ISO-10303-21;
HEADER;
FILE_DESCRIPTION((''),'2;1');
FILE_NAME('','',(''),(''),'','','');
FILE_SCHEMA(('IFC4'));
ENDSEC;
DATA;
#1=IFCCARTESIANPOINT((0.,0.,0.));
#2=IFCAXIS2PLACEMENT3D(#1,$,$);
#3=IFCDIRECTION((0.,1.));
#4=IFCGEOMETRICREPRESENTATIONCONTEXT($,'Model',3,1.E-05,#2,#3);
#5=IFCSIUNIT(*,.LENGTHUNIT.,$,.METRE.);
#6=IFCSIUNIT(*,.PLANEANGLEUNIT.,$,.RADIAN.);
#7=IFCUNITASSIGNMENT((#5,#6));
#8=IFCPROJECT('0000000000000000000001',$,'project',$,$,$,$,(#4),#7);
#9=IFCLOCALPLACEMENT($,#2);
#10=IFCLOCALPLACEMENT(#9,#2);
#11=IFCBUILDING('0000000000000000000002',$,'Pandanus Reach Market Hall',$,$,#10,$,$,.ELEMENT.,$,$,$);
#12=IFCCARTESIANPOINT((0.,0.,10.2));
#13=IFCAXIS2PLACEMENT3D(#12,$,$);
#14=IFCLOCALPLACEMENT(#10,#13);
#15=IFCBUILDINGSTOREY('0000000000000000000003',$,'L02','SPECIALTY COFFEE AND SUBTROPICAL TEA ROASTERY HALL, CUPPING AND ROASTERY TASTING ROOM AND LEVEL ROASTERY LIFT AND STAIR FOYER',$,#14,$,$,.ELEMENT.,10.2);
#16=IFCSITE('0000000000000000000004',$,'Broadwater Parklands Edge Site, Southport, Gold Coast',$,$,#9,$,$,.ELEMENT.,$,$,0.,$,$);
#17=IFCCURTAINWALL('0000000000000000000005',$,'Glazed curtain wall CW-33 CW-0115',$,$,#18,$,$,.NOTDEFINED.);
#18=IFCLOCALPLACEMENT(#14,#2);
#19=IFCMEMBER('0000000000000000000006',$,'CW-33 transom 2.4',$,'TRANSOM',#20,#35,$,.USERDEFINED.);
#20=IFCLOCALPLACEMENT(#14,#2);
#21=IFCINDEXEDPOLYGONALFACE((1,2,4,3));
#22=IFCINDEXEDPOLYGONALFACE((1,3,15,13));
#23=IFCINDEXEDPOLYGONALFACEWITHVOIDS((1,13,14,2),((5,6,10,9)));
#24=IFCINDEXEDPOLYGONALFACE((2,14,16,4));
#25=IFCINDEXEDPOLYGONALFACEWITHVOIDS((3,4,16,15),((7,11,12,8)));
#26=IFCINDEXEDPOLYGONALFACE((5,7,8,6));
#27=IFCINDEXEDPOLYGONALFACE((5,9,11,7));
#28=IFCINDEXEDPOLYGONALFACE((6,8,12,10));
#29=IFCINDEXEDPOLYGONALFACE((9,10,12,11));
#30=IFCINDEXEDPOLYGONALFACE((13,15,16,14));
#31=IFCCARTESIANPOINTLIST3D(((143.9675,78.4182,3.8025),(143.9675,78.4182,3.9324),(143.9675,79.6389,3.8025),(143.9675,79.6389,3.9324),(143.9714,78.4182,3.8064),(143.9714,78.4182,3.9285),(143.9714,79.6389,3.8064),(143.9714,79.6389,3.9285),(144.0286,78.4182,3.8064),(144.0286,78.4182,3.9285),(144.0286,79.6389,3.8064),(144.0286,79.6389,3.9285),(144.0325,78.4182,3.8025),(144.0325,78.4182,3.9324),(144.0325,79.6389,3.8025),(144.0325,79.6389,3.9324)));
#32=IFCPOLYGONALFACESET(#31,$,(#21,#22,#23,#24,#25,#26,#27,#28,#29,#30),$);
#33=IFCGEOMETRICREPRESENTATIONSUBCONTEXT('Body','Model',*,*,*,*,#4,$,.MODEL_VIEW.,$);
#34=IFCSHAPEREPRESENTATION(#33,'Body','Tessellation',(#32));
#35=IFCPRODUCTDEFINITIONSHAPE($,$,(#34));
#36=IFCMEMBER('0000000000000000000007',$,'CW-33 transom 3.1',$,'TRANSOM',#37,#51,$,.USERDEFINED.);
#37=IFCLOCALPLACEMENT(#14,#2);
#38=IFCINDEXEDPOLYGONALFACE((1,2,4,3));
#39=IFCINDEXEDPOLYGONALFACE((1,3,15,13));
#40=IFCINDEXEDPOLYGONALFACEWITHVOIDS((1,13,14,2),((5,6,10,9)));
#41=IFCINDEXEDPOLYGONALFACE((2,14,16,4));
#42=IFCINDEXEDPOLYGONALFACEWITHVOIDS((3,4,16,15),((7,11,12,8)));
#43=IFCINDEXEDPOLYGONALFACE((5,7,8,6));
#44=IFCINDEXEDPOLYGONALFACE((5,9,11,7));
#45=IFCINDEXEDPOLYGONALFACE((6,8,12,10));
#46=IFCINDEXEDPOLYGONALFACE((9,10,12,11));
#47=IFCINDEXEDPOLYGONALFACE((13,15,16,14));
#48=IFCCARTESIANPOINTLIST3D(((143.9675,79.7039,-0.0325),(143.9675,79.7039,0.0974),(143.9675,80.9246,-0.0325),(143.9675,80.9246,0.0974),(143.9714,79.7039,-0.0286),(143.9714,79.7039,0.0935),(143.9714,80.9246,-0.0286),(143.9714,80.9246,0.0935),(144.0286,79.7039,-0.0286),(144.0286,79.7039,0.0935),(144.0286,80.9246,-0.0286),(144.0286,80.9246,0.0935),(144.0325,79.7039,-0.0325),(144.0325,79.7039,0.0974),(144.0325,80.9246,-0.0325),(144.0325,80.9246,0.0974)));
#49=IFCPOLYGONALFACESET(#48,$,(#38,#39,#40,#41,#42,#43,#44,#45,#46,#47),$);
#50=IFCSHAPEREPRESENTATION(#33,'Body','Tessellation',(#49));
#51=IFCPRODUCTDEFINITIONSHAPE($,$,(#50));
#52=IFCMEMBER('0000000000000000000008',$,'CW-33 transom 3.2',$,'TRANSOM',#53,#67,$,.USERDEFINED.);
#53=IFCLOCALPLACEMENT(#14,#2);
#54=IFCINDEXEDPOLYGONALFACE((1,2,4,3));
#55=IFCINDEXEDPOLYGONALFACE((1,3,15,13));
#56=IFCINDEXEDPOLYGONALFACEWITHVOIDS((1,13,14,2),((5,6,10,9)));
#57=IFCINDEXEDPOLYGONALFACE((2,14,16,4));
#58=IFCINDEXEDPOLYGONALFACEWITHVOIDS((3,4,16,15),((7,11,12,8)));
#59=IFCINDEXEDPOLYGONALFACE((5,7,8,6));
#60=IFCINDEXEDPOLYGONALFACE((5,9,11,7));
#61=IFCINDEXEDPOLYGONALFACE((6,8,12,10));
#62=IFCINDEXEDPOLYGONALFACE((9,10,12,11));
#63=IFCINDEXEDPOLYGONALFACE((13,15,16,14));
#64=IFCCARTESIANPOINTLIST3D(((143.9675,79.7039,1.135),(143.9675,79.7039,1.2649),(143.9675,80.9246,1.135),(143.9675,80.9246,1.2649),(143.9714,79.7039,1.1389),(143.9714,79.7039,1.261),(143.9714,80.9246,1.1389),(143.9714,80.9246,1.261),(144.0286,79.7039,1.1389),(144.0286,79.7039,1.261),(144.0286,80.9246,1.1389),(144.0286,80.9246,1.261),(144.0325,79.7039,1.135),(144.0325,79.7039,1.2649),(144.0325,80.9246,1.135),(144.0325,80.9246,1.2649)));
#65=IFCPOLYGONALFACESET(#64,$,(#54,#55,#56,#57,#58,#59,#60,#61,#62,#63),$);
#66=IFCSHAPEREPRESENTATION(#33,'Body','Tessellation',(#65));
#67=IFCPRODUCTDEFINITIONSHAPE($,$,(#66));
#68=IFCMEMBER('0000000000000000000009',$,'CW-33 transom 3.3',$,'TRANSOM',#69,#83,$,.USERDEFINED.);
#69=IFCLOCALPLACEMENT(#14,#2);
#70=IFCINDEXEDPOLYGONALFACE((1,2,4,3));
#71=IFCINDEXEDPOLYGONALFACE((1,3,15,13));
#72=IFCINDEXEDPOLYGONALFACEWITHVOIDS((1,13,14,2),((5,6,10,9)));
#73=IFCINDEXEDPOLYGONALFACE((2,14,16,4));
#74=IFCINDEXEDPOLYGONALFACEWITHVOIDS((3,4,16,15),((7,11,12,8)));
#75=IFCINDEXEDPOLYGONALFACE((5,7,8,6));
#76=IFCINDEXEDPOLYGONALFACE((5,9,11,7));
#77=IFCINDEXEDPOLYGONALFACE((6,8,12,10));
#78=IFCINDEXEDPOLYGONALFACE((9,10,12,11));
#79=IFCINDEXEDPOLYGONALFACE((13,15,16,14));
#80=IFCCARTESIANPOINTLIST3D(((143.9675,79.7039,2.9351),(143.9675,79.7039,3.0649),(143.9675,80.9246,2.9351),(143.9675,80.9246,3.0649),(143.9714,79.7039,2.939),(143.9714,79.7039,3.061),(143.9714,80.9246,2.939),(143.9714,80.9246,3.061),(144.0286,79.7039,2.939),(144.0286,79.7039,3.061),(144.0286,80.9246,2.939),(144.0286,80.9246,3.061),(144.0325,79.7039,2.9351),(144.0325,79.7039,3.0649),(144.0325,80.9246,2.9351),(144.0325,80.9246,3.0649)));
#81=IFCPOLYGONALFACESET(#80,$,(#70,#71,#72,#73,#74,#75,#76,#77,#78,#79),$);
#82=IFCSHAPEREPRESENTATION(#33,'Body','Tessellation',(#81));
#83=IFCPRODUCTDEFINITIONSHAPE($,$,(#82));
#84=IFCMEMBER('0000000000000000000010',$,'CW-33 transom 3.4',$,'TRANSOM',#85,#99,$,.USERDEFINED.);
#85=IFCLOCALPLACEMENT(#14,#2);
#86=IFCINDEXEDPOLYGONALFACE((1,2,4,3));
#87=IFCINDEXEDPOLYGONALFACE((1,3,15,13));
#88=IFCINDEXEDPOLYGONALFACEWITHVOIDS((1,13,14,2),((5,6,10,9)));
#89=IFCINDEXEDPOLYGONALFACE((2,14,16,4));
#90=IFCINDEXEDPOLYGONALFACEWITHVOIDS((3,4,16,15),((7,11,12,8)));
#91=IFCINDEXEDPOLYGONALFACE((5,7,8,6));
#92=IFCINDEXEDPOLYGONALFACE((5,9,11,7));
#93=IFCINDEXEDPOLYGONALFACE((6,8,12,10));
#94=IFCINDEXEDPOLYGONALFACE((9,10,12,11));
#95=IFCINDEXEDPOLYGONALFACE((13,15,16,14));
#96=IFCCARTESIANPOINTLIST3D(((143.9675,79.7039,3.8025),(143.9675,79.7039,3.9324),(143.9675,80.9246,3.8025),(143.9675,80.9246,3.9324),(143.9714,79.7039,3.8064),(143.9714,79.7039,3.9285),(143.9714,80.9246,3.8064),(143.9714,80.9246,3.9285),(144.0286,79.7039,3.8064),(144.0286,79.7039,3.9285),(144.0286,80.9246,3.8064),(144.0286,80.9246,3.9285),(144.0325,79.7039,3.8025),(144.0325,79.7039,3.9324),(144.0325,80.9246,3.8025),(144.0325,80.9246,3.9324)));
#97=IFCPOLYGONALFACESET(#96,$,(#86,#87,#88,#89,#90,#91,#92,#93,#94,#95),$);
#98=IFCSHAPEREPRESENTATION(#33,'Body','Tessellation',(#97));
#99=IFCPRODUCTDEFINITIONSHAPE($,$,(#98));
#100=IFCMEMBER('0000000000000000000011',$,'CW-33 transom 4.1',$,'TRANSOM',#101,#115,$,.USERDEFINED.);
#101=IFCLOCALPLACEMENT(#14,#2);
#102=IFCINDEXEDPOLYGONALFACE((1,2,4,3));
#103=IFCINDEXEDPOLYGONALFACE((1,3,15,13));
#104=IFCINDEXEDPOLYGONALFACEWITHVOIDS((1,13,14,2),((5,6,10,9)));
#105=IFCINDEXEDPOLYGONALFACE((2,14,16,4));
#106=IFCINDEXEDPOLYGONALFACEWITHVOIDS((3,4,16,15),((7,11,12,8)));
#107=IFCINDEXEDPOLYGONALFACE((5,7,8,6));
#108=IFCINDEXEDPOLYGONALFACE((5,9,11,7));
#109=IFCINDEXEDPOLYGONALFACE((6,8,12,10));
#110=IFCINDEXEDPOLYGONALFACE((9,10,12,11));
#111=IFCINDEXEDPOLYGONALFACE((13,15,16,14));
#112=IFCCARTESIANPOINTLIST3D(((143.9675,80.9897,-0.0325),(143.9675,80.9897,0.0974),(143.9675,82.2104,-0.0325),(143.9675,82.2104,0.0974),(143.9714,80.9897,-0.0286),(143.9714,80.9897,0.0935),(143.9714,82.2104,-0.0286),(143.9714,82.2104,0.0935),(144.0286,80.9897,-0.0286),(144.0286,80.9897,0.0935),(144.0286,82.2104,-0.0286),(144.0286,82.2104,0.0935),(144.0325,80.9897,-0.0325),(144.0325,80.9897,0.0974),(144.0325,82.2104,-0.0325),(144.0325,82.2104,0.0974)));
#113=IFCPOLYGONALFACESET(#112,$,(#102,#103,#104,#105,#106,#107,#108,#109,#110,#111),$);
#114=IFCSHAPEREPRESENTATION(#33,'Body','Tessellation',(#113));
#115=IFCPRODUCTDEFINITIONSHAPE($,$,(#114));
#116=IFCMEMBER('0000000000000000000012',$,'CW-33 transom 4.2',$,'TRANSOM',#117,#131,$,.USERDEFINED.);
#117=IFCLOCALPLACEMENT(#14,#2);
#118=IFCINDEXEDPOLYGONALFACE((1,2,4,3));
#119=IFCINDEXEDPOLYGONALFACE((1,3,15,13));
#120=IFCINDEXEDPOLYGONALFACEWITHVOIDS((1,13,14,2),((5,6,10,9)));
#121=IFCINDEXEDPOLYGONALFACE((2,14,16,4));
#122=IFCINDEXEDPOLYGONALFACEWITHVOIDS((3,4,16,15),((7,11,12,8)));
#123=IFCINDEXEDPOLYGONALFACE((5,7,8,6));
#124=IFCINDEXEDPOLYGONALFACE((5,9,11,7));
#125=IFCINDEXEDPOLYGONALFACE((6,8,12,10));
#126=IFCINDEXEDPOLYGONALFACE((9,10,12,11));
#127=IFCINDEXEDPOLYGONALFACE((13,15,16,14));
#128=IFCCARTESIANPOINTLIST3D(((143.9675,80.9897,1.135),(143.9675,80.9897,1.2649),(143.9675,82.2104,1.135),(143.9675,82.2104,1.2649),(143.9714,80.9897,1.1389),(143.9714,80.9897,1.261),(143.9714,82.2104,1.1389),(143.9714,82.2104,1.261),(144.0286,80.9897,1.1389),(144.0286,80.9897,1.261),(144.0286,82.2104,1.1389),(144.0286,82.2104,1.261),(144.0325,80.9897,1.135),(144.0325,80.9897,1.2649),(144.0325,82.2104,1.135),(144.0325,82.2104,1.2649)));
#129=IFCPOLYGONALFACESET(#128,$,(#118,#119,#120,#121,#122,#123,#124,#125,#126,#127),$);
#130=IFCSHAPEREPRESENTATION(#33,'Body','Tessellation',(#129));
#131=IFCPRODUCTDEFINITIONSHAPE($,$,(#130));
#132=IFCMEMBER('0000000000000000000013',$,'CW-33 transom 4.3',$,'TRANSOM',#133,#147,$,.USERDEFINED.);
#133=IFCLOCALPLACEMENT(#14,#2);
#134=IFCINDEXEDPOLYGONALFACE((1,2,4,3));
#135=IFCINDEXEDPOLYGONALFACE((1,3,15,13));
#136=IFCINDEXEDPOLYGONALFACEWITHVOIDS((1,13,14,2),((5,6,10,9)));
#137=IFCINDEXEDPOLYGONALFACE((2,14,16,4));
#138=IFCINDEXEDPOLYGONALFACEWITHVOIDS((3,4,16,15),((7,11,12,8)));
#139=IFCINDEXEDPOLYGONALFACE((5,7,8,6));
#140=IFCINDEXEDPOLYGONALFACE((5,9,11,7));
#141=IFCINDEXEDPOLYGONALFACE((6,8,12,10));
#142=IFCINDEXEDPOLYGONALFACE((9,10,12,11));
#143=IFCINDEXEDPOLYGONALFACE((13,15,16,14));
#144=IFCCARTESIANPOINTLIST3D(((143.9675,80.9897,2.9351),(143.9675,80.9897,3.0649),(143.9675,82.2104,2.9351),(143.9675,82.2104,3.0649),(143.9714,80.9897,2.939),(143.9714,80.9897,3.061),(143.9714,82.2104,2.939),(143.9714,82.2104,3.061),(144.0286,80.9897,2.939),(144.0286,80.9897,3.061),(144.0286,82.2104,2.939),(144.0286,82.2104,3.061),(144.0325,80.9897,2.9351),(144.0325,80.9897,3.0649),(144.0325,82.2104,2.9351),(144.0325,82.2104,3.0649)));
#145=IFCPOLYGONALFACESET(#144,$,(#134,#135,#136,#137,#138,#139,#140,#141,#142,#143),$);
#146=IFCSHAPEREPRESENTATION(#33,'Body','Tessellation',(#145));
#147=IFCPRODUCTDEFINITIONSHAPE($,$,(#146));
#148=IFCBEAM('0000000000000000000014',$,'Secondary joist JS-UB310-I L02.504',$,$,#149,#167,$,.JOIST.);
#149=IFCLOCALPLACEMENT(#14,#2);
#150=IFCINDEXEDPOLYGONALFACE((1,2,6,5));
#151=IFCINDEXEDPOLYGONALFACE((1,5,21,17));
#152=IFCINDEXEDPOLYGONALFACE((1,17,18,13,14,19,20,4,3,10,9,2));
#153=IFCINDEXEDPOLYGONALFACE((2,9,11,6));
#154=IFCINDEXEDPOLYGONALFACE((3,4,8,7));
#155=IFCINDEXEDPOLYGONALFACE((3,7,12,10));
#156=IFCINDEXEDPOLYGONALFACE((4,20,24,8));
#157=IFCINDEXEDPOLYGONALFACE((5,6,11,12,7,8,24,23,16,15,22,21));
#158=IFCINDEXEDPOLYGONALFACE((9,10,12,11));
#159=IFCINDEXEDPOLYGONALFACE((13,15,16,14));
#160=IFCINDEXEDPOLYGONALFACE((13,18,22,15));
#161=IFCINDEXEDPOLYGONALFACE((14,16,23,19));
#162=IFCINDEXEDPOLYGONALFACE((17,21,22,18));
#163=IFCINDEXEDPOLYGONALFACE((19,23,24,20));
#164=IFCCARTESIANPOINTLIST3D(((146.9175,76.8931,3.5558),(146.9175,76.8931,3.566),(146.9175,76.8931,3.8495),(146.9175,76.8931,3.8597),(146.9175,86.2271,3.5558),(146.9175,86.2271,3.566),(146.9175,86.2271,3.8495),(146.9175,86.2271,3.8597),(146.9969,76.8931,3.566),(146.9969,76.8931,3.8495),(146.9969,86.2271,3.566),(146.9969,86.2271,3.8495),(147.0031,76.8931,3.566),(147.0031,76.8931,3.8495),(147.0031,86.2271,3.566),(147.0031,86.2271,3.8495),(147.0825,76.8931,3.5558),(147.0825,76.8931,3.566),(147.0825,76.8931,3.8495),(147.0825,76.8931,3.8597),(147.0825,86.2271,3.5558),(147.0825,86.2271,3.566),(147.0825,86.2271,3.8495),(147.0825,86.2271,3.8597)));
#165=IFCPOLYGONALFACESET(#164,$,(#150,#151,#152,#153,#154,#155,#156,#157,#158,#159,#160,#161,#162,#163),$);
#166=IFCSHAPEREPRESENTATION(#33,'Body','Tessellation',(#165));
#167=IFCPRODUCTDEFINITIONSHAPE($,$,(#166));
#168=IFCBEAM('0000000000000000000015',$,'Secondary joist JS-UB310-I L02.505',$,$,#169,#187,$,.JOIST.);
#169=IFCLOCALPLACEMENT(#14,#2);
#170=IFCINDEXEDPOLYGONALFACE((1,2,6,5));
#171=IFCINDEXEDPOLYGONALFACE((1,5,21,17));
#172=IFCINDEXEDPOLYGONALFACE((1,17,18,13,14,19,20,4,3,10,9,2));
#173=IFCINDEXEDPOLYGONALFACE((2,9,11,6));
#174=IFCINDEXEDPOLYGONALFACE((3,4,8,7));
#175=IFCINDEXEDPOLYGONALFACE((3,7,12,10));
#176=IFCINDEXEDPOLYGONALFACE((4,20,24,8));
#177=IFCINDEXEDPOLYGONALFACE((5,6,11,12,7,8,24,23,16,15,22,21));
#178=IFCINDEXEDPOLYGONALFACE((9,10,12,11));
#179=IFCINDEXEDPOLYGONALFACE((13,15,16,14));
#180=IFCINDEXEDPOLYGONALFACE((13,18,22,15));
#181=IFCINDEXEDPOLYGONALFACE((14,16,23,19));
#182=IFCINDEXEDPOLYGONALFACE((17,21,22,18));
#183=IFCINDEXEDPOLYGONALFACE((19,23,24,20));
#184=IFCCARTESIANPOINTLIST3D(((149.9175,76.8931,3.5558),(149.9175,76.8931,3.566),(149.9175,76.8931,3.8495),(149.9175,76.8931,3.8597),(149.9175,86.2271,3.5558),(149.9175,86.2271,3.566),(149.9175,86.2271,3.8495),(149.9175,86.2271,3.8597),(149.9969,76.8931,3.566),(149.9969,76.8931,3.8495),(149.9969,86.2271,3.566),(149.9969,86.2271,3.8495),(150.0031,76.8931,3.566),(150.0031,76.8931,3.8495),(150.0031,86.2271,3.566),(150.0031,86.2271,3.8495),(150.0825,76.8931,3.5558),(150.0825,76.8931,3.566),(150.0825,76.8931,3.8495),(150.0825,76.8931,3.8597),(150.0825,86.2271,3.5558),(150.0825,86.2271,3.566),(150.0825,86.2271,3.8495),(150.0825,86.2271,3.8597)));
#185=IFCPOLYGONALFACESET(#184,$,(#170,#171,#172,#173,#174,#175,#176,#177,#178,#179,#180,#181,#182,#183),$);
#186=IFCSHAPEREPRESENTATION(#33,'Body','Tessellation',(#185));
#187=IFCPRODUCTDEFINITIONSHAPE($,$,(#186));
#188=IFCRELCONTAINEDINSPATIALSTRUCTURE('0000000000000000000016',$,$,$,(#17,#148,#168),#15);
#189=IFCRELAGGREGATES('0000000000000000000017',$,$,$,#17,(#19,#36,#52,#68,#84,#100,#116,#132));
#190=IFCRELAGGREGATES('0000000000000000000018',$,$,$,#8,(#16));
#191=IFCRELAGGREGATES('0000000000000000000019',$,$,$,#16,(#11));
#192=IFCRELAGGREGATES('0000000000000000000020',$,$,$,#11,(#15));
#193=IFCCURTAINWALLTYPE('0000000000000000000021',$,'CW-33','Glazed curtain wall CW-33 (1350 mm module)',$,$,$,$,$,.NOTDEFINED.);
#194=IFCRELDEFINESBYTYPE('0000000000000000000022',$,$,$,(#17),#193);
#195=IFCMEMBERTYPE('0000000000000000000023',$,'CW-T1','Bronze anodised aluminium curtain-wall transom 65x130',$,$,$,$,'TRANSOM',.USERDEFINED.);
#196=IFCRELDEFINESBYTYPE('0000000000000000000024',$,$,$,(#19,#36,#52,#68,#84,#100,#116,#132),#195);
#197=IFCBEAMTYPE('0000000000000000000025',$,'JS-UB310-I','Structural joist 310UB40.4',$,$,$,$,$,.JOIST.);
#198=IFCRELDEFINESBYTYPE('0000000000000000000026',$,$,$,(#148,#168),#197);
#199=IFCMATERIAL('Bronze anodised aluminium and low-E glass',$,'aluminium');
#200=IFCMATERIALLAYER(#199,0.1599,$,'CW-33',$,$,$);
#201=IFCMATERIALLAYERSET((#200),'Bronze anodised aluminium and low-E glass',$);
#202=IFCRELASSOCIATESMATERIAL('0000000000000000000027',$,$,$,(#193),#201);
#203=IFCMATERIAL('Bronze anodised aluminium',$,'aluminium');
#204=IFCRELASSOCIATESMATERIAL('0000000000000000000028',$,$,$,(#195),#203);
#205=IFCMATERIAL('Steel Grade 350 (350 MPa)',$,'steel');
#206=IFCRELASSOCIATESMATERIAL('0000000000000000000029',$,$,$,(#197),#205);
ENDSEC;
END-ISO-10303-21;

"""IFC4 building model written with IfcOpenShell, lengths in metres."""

from ifc_helpers import new_model, si_unit, direction, frame, origin, origin_2d, place, context, subcontext, project, spatial, hollow_rectangle, i_section, extrude, material, layer, layer_set, material_profile, profile_set, type_object, element, aggregate, save


model = new_model("IFC4")

# Units and contexts
model_context = context("Model", 3, precision=1e-05, world=origin(), true_north=direction((0.0, 1.0)))
body_context = subcontext(model_context, "Body", "Model", "MODEL_VIEW")
ifc_project = project(units=[si_unit("LENGTHUNIT", "METRE"), si_unit("PLANEANGLEUNIT", "RADIAN")], contexts=[model_context])

# Site, building, storey
site_placement = place(None, origin())
site = spatial("IfcSite", under=ifc_project, at=site_placement, Name="Broadwater Parklands Edge Site, Southport, Gold Coast", CompositionType="ELEMENT", RefElevation=0.0)
building_placement = place(site_placement, origin())
building = spatial("IfcBuilding", under=site, at=building_placement, Name="Pandanus Reach Market Hall", CompositionType="ELEMENT")
storey_placement = place(building_placement, frame((0.0, 0.0, 10.2)))
storey = spatial("IfcBuildingStorey", under=building, at=storey_placement, Name="L02", Description="SPECIALTY COFFEE AND SUBTROPICAL TEA ROASTERY HALL, CUPPING AND ROASTERY TASTING ROOM AND LEVEL ROASTERY LIFT AND STAIR FOYER", CompositionType="ELEMENT", Elevation=10.2)

# Shared definitions
ifc_material_1 = material(Name="Steel Grade 350 (350 MPa)", Category="steel")

# Curtain wall, members
ifc_material_2 = material(Name="Bronze anodised aluminium and low-E glass", Category="aluminium")
ifc_layer_1 = layer(ifc_material_2, 0.1599, Name="CW-33")
ifc_layer_set_1 = layer_set([ifc_layer_1], Name="Bronze anodised aluminium and low-E glass")
curtain_wall_type = type_object("IfcCurtainWallType", Name="CW-33", Description="Glazed curtain wall CW-33 (1350 mm module)", PredefinedType="NOTDEFINED", material=ifc_layer_set_1)
curtain_wall_placement = place(storey_placement, origin())
curtain_wall = element("IfcCurtainWall", 1, at=curtain_wall_placement, inside=storey, type_object=curtain_wall_type, Name="Glazed curtain wall CW-33 CW-0115", PredefinedType="NOTDEFINED")
ifc_material_3 = material(Name="Bronze anodised aluminium", Category="aluminium")
ifc_material_profile_1 = material_profile(ifc_material_3, hollow_rectangle(XDim=0.0649, YDim=0.1299, WallThickness=0.0039, at=origin_2d()), Name="ALU65x130", Category="LoadBearing")
ifc_profile_set_1 = profile_set([ifc_material_profile_1], Name="Bronze anodised aluminium")
member_type_1 = type_object("IfcMemberType", Name="CW-T1", Description="Bronze anodised aluminium curtain-wall transom 65x130", ElementType="TRANSOM", PredefinedType="USERDEFINED", material=ifc_profile_set_1)
member_1_placement = place(storey_placement, frame((144.0, 78.4182, 3.8674), z_axis=(0.0, 1.0, 0.0), x_axis=(-1.0, 0.0, 0.0)))
member_1 = element("IfcMember", 2, at=member_1_placement, type_object=member_type_1, Name="CW-33 transom 2.4", ObjectType="TRANSOM", PredefinedType="USERDEFINED", context=body_context, shape_type="SweptSolid", body=[
    extrude(hollow_rectangle(XDim=0.0649, YDim=0.1299, WallThickness=0.0039, at=origin_2d()), origin(), (0.0, 0.0, 1.0), 1.2207),
])
member_2_placement = place(storey_placement, frame((144.0, 79.7039, 0.0325), z_axis=(0.0, 1.0, 0.0), x_axis=(-1.0, 0.0, 0.0)))
member_2 = element("IfcMember", 3, at=member_2_placement, type_object=member_type_1, Name="CW-33 transom 3.1", ObjectType="TRANSOM", PredefinedType="USERDEFINED", context=body_context, shape_type="SweptSolid", body=[
    extrude(hollow_rectangle(XDim=0.0649, YDim=0.1299, WallThickness=0.0039, at=origin_2d()), origin(), (0.0, 0.0, 1.0), 1.2207),
])
member_3_placement = place(storey_placement, frame((144.0, 79.7039, 1.2), z_axis=(0.0, 1.0, 0.0), x_axis=(-1.0, 0.0, 0.0)))
member_3 = element("IfcMember", 4, at=member_3_placement, type_object=member_type_1, Name="CW-33 transom 3.2", ObjectType="TRANSOM", PredefinedType="USERDEFINED", context=body_context, shape_type="SweptSolid", body=[
    extrude(hollow_rectangle(XDim=0.0649, YDim=0.1299, WallThickness=0.0039, at=origin_2d()), origin(), (0.0, 0.0, 1.0), 1.2207),
])
member_4_placement = place(storey_placement, frame((144.0, 79.7039, 3.0), z_axis=(0.0, 1.0, 0.0), x_axis=(-1.0, 0.0, 0.0)))
member_4 = element("IfcMember", 5, at=member_4_placement, type_object=member_type_1, Name="CW-33 transom 3.3", ObjectType="TRANSOM", PredefinedType="USERDEFINED", context=body_context, shape_type="SweptSolid", body=[
    extrude(hollow_rectangle(XDim=0.0649, YDim=0.1299, WallThickness=0.0039, at=origin_2d()), origin(), (0.0, 0.0, 1.0), 1.2207),
])
member_5_placement = place(storey_placement, frame((144.0, 79.7039, 3.8674), z_axis=(0.0, 1.0, 0.0), x_axis=(-1.0, 0.0, 0.0)))
member_5 = element("IfcMember", 6, at=member_5_placement, type_object=member_type_1, Name="CW-33 transom 3.4", ObjectType="TRANSOM", PredefinedType="USERDEFINED", context=body_context, shape_type="SweptSolid", body=[
    extrude(hollow_rectangle(XDim=0.0649, YDim=0.1299, WallThickness=0.0039, at=origin_2d()), origin(), (0.0, 0.0, 1.0), 1.2207),
])
member_6_placement = place(storey_placement, frame((144.0, 80.9897, 0.0325), z_axis=(0.0, 1.0, 0.0), x_axis=(-1.0, 0.0, 0.0)))
member_6 = element("IfcMember", 7, at=member_6_placement, type_object=member_type_1, Name="CW-33 transom 4.1", ObjectType="TRANSOM", PredefinedType="USERDEFINED", context=body_context, shape_type="SweptSolid", body=[
    extrude(hollow_rectangle(XDim=0.0649, YDim=0.1299, WallThickness=0.0039, at=origin_2d()), origin(), (0.0, 0.0, 1.0), 1.2207),
])
member_7_placement = place(storey_placement, frame((144.0, 80.9897, 1.2), z_axis=(0.0, 1.0, 0.0), x_axis=(-1.0, 0.0, 0.0)))
member_7 = element("IfcMember", 8, at=member_7_placement, type_object=member_type_1, Name="CW-33 transom 4.2", ObjectType="TRANSOM", PredefinedType="USERDEFINED", context=body_context, shape_type="SweptSolid", body=[
    extrude(hollow_rectangle(XDim=0.0649, YDim=0.1299, WallThickness=0.0039, at=origin_2d()), origin(), (0.0, 0.0, 1.0), 1.2207),
])
member_8_placement = place(storey_placement, frame((144.0, 80.9897, 3.0), z_axis=(0.0, 1.0, 0.0), x_axis=(-1.0, 0.0, 0.0)))
member_8 = element("IfcMember", 9, at=member_8_placement, type_object=member_type_1, Name="CW-33 transom 4.3", ObjectType="TRANSOM", PredefinedType="USERDEFINED", context=body_context, shape_type="SweptSolid", body=[
    extrude(hollow_rectangle(XDim=0.0649, YDim=0.1299, WallThickness=0.0039, at=origin_2d()), origin(), (0.0, 0.0, 1.0), 1.2207),
])

# Beams
ifc_material_profile_2 = material_profile(ifc_material_1, i_section(OverallWidth=0.165, OverallDepth=0.304, WebThickness=0.0061, FlangeThickness=0.0103, at=origin_2d()), Name="310UB40.4", Category="LoadBearing")
ifc_profile_set_2 = profile_set([ifc_material_profile_2], Name="Steel Grade 350 (350 MPa)")
beam_type_1 = type_object("IfcBeamType", Name="JS-UB310-I", Description="Structural joist 310UB40.4", PredefinedType="JOIST", material=ifc_profile_set_2)
for number, where, z_axis, x_axis, name in (
    (10, (147.0, 76.8931, 3.7078), (0.0, 1.0, 0.0), (-1.0, 0.0, 0.0), "Secondary joist JS-UB310-I L02.504"),
    (11, (150.0, 76.8931, 3.7078), (0.0, 1.0, 0.0), (-1.0, 0.0, 0.0), "Secondary joist JS-UB310-I L02.505"),
):
    element("IfcBeam", number, at=place(storey_placement, frame(where, z_axis=z_axis, x_axis=x_axis)), inside=storey, type_object=beam_type_1, Name=name, PredefinedType="JOIST", context=body_context, shape_type="SweptSolid", body=[
        extrude(i_section(OverallWidth=0.165, OverallDepth=0.304, WebThickness=0.0061, FlangeThickness=0.0103, at=origin_2d()), origin(), (0.0, 0.0, 1.0), 9.334),
    ])

aggregate(curtain_wall, [member_1, member_2, member_3, member_4, member_5, member_6, member_7, member_8])

save(model, "model.ifc")
